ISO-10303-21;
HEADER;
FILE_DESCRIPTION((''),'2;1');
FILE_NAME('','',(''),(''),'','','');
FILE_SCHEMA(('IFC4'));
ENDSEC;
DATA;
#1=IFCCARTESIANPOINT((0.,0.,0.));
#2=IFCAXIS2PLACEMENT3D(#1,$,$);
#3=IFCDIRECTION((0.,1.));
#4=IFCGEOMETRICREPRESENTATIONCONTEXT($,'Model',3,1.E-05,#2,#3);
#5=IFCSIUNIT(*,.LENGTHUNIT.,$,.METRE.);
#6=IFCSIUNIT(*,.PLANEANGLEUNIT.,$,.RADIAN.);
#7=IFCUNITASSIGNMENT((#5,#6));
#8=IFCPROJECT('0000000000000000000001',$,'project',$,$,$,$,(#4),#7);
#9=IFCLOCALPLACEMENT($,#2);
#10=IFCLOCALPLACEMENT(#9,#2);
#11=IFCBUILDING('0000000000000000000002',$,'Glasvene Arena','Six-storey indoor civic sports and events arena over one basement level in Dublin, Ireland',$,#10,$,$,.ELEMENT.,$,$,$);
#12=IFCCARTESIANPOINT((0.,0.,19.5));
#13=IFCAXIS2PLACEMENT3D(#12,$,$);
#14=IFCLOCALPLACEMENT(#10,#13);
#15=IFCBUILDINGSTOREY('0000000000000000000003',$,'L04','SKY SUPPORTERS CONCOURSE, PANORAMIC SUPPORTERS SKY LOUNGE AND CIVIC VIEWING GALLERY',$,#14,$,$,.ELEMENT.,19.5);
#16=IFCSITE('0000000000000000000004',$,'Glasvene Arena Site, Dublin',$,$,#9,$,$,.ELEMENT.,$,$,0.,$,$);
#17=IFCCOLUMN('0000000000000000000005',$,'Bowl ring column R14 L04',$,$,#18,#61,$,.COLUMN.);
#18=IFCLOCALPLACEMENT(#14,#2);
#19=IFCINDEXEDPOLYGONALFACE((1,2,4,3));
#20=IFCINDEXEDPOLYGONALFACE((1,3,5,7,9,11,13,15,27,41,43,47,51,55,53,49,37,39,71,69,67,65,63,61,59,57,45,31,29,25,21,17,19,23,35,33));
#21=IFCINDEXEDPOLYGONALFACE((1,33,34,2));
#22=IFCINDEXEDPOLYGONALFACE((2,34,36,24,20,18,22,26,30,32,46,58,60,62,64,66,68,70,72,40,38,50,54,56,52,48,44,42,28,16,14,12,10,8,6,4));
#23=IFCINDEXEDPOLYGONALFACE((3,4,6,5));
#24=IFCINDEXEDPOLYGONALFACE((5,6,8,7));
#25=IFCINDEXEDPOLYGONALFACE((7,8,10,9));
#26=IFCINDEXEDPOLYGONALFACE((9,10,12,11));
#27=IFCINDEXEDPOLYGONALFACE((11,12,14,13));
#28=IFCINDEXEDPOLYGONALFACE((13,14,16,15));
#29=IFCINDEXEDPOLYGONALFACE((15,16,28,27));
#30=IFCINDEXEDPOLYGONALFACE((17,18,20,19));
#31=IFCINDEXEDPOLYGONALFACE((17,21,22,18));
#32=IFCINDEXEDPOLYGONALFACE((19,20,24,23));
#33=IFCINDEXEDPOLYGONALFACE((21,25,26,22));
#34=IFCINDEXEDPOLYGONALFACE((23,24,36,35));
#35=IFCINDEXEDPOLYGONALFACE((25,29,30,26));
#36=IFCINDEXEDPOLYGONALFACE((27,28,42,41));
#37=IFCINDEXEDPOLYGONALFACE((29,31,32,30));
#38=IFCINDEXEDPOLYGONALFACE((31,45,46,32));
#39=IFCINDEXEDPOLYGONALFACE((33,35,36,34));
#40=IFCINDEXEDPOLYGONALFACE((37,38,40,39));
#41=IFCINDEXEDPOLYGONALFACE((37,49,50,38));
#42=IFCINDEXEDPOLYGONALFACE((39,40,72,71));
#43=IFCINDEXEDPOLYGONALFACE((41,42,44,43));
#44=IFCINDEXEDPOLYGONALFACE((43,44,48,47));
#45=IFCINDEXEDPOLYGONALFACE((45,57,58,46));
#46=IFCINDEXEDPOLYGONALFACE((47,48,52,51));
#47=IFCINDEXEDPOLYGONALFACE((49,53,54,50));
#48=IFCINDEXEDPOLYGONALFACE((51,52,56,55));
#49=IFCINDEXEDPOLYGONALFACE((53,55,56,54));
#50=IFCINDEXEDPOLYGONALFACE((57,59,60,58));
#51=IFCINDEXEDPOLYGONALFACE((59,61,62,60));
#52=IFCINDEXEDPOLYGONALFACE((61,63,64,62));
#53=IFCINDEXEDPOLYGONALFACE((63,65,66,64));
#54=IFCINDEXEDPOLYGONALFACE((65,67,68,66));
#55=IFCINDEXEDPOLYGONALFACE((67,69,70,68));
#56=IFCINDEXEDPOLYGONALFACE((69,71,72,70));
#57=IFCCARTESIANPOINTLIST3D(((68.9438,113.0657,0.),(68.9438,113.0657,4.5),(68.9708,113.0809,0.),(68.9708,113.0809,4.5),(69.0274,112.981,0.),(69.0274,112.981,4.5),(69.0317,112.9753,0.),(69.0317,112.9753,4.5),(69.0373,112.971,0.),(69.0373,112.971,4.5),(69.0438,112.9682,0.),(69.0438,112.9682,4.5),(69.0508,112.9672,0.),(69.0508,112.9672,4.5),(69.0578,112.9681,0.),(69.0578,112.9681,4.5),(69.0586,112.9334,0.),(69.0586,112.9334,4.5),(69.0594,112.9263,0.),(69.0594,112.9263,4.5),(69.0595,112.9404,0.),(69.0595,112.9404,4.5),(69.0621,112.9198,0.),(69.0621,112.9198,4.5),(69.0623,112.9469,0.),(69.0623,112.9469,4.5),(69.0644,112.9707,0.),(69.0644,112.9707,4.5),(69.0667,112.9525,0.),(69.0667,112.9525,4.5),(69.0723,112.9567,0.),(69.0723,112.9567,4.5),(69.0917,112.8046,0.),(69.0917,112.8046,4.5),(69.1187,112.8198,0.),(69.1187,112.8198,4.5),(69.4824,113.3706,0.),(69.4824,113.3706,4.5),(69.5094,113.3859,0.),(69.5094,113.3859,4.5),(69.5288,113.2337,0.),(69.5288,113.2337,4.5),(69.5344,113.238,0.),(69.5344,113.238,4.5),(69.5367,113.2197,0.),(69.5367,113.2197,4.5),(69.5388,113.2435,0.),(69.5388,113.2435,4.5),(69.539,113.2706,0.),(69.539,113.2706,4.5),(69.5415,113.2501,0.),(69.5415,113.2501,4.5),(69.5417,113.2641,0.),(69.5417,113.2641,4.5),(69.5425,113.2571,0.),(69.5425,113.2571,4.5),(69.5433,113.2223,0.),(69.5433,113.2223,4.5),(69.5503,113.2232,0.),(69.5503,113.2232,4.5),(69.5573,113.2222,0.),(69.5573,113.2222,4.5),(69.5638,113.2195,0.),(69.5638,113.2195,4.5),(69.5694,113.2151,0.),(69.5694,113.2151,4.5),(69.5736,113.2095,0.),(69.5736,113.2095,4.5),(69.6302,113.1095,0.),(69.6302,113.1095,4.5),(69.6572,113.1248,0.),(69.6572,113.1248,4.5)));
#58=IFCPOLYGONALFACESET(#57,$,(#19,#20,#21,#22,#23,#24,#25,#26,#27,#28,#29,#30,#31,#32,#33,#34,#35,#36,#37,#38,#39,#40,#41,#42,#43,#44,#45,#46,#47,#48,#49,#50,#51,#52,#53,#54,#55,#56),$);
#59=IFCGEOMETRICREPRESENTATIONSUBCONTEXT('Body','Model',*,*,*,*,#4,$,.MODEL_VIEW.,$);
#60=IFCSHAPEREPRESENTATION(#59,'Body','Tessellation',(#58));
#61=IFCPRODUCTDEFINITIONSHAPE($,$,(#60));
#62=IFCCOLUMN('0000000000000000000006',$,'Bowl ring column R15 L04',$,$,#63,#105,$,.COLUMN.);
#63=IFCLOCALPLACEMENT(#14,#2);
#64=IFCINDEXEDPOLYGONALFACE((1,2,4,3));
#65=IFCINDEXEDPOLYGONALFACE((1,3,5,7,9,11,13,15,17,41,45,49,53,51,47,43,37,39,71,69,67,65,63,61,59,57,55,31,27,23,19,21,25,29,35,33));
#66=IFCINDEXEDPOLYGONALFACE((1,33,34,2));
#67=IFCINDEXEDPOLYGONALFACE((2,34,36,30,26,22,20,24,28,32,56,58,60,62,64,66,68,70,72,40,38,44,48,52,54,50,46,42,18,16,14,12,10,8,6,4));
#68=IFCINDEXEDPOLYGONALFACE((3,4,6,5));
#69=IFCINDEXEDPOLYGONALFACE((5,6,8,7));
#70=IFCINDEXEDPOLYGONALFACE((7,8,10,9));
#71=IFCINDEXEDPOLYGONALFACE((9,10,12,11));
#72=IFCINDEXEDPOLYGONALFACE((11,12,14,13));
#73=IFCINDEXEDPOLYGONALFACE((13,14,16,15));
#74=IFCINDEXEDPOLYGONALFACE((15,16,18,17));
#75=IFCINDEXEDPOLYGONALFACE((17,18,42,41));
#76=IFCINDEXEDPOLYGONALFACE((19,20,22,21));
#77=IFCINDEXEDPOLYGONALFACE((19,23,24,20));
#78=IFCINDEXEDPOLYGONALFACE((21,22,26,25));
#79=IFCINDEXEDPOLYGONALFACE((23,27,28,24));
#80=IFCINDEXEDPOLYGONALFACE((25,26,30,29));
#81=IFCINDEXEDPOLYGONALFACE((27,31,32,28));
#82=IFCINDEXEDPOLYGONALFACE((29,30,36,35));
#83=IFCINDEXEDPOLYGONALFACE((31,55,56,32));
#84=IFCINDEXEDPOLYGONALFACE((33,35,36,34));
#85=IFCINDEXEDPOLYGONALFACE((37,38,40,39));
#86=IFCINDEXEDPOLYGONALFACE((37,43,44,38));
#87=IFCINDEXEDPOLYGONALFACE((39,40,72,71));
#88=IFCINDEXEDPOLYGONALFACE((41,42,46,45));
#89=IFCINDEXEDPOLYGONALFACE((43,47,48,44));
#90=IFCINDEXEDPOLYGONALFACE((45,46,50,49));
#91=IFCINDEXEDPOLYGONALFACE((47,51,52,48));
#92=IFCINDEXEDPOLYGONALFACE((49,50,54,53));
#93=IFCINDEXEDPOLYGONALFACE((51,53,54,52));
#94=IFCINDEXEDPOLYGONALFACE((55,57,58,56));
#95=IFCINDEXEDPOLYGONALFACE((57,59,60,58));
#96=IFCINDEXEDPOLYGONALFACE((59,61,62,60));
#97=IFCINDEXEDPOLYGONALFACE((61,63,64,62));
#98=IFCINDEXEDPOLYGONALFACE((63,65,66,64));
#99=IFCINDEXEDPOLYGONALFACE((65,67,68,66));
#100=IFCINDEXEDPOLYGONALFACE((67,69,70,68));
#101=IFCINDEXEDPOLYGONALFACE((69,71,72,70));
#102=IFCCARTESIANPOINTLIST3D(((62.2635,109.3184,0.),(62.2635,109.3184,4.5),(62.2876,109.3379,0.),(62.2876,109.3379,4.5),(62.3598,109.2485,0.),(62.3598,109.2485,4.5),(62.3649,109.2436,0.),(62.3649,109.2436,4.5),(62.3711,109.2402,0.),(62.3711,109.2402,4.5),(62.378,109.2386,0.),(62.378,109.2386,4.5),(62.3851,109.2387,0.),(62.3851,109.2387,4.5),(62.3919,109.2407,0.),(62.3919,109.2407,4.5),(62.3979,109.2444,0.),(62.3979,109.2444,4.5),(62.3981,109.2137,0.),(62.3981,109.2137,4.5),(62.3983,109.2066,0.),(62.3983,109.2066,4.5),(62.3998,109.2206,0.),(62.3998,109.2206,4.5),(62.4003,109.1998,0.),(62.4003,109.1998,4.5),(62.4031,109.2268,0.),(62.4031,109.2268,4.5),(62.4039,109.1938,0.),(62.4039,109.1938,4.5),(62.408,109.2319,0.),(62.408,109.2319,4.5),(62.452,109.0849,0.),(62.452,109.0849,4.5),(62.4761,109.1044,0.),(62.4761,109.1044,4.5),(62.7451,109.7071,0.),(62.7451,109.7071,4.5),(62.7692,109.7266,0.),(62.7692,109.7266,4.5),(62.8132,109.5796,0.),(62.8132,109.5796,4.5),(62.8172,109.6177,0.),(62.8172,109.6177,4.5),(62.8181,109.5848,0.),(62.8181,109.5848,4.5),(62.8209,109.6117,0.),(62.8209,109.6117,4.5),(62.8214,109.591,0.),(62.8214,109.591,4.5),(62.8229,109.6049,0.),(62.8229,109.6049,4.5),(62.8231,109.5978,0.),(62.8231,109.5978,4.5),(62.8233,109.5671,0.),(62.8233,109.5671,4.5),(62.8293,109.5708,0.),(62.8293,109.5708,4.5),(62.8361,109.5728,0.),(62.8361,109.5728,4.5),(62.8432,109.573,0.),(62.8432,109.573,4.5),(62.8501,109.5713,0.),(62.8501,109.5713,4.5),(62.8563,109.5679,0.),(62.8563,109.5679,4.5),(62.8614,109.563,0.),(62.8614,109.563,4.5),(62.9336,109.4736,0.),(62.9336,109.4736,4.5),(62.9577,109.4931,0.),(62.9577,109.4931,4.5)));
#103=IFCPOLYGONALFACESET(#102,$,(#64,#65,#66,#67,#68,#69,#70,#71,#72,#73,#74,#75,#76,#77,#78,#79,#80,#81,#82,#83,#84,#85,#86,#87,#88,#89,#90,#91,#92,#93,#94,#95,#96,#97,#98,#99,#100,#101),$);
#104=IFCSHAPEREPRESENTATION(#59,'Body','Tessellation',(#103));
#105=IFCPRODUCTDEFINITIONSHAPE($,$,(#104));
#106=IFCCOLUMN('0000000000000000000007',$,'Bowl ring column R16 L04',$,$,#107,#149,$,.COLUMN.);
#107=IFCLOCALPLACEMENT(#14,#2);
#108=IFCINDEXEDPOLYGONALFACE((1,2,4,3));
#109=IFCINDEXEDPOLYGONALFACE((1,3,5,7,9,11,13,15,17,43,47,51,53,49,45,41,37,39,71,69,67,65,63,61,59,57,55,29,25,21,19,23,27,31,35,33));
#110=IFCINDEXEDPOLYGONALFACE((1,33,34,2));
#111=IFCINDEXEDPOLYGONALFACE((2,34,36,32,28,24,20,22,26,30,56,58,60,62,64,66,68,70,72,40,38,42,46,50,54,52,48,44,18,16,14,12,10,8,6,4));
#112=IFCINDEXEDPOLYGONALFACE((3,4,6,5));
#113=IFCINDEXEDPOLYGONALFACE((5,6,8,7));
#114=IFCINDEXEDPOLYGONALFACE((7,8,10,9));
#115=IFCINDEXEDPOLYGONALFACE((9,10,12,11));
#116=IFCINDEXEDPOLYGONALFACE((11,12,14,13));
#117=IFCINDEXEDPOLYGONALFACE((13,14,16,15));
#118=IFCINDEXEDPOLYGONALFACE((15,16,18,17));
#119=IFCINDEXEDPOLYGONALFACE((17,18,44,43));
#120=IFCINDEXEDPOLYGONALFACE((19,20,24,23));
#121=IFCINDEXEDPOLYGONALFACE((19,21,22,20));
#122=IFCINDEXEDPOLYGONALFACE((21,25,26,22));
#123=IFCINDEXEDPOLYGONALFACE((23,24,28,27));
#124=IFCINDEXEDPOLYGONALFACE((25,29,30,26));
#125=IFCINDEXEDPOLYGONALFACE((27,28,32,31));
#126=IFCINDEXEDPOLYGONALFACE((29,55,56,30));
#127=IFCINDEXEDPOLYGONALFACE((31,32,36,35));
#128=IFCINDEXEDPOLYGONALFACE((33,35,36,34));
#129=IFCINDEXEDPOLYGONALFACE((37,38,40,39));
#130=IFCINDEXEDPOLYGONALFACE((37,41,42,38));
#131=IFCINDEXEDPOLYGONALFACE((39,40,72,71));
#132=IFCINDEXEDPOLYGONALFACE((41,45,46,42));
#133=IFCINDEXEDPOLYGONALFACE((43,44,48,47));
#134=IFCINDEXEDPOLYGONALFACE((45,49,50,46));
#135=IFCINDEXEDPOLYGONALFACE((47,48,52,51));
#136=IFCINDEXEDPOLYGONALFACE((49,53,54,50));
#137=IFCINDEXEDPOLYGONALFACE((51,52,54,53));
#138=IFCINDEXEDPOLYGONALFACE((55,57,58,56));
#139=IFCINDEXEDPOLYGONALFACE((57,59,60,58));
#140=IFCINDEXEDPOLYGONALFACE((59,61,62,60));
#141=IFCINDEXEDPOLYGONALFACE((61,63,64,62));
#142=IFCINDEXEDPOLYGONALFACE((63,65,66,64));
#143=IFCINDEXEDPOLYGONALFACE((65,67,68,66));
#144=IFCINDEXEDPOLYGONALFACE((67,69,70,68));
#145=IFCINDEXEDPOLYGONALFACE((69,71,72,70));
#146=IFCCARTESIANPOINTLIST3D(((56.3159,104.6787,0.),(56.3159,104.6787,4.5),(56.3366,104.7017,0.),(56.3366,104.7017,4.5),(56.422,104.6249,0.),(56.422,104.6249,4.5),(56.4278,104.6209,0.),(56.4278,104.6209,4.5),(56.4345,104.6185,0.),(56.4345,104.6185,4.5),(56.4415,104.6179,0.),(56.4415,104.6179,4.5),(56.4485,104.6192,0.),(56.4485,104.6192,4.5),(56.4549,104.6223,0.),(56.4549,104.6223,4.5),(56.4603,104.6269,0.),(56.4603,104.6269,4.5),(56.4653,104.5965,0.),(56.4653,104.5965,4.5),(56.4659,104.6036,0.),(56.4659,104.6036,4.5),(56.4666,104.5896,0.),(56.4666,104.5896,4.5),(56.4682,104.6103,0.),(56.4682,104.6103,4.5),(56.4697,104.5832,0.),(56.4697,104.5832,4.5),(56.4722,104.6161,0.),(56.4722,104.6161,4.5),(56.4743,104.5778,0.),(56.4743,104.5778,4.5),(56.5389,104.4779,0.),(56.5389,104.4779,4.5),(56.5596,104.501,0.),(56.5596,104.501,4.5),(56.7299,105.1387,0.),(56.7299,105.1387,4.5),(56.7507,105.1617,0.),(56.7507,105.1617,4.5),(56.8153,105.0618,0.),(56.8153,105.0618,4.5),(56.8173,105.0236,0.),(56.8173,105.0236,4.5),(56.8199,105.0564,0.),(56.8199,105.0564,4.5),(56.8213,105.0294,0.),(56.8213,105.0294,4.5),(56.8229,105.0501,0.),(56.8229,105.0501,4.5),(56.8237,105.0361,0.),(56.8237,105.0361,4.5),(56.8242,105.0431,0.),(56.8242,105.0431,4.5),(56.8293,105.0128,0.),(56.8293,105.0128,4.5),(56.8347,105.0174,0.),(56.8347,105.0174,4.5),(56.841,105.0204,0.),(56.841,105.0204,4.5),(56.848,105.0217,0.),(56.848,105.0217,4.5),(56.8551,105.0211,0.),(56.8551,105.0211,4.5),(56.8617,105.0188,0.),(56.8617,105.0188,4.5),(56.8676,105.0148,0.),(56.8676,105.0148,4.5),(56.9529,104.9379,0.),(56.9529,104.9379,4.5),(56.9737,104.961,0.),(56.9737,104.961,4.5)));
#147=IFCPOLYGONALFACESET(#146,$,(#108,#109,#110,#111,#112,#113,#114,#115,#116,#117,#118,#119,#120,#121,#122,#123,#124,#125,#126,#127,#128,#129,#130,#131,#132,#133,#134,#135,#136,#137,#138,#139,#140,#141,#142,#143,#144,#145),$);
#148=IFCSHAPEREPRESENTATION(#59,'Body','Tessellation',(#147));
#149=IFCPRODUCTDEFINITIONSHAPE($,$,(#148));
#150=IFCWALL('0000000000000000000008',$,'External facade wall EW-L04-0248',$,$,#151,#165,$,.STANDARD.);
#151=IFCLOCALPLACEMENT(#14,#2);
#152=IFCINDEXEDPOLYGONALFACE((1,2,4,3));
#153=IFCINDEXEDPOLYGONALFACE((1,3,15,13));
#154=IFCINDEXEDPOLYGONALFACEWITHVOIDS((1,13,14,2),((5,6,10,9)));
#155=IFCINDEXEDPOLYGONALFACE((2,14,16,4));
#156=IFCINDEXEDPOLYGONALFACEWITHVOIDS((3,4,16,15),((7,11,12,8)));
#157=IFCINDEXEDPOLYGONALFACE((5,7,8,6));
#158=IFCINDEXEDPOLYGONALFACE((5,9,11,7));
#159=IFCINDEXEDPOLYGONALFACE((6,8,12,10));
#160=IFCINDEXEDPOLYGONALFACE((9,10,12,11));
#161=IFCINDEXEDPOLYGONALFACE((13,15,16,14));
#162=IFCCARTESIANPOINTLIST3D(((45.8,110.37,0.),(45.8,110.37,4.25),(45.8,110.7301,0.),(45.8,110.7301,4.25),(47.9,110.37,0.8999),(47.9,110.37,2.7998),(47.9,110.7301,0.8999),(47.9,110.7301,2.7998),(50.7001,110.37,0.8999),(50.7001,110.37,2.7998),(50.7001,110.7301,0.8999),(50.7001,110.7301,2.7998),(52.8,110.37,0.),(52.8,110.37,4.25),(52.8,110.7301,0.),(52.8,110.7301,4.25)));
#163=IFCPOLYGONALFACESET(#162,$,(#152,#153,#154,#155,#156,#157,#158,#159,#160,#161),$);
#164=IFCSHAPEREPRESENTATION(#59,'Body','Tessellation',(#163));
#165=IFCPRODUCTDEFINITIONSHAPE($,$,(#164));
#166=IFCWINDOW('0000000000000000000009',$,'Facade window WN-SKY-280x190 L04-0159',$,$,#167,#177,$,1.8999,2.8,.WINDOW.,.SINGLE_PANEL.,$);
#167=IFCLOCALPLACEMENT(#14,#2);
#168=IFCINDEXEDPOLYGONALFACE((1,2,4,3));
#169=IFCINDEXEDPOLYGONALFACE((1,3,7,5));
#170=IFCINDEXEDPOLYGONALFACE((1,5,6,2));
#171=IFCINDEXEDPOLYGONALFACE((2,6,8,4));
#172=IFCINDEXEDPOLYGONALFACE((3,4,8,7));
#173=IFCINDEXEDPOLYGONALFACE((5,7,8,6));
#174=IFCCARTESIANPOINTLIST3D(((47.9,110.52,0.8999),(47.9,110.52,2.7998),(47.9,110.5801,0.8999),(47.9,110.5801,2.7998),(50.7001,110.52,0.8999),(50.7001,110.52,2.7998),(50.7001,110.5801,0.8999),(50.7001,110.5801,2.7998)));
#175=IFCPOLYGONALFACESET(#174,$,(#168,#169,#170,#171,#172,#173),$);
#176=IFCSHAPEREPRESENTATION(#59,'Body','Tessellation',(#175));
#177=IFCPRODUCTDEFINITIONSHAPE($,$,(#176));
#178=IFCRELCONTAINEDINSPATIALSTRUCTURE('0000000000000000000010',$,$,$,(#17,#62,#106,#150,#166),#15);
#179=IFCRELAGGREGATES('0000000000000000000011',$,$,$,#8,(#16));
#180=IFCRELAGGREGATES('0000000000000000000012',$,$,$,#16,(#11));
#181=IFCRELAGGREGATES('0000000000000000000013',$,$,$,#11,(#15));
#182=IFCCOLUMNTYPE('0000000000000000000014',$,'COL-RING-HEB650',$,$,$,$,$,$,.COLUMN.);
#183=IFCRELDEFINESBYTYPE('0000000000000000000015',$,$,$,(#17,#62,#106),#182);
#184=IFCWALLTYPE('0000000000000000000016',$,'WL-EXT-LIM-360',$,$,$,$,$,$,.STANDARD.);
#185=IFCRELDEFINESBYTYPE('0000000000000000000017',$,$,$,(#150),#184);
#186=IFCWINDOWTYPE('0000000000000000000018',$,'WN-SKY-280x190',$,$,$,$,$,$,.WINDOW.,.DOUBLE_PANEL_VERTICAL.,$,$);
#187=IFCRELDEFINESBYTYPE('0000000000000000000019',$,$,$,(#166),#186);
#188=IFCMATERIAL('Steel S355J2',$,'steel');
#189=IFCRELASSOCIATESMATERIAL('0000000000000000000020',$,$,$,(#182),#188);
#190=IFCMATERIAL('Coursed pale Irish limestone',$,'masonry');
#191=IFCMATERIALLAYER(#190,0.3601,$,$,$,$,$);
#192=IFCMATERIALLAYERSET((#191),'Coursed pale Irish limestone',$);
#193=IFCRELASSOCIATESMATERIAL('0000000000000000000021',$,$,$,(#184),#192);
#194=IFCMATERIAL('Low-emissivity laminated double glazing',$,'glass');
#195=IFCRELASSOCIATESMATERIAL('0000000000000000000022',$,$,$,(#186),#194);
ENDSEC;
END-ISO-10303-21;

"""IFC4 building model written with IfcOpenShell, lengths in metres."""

from ifc_helpers import new_model, si_unit, direction, frame, frame_2d, origin, origin_2d, place, context, subcontext, project, spatial, rectangle, i_section, extrude, material, layer, layer_set, material_profile, profile_set, type_object, element, fill, save


model = new_model("IFC4")

# Units and contexts
model_context = context("Model", 3, precision=1e-05, world=origin(), true_north=direction((0.0, 1.0)))
body_context = subcontext(model_context, "Body", "Model", "MODEL_VIEW")
ifc_project = project(units=[si_unit("LENGTHUNIT", "METRE"), si_unit("PLANEANGLEUNIT", "RADIAN")], contexts=[model_context])

# Site, building, storey
site_placement = place(None, origin())
site = spatial("IfcSite", under=ifc_project, at=site_placement, Name="Glasvene Arena Site, Dublin", CompositionType="ELEMENT", RefElevation=0.0)
building_placement = place(site_placement, origin())
building = spatial("IfcBuilding", under=site, at=building_placement, Name="Glasvene Arena", Description="Six-storey indoor civic sports and events arena over one basement level in Dublin, Ireland", CompositionType="ELEMENT")
storey_placement = place(building_placement, frame((0.0, 0.0, 19.5)))
storey = spatial("IfcBuildingStorey", under=building, at=storey_placement, Name="L04", Description="SKY SUPPORTERS CONCOURSE, PANORAMIC SUPPORTERS SKY LOUNGE AND CIVIC VIEWING GALLERY", CompositionType="ELEMENT", Elevation=19.5)

# Columns
ifc_material_1 = material(Name="Steel S355J2", Category="steel")
ifc_material_profile = material_profile(ifc_material_1, i_section(OverallWidth=0.3, OverallDepth=0.6499, WebThickness=0.0161, FlangeThickness=0.031, FilletRadius=0.0271, at=origin_2d()), Name="HEB 650")
ifc_profile_set = profile_set([ifc_material_profile], Name="Steel S355J2")
column_type = type_object("IfcColumnType", Name="COL-RING-HEB650", PredefinedType="COLUMN", material=ifc_profile_set)
for number, where, z_axis, x_axis, name in (
    (1, (69.3005, 113.0952, 0.0), (0.0, 0.0, 1.0), (-0.492727, 0.870184, 0.0), "Bowl ring column R14 L04"),
    (2, (62.6106, 109.4058, 0.0), (0.0, 0.0, 1.0), (-0.628099, 0.778134, 0.0), "Bowl ring column R15 L04"),
    (3, (56.6448, 104.8198, 0.0), (0.0, 0.0, 1.0), (-0.743262, 0.669001, 0.0), "Bowl ring column R16 L04"),
):
    element("IfcColumn", number, at=place(storey_placement, frame(where, z_axis=z_axis, x_axis=x_axis)), inside=storey, type_object=column_type, Name=name, PredefinedType="COLUMN", context=body_context, shape_type="SweptSolid", body=[
        extrude(i_section(OverallWidth=0.3, OverallDepth=0.6499, WebThickness=0.0161, FlangeThickness=0.031, FilletRadius=0.0271, at=origin_2d()), origin(), (0.0, 0.0, 1.0), 4.5),
    ])

# Wall, opening, window
ifc_material_2 = material(Name="Coursed pale Irish limestone", Category="masonry")
ifc_layer_1 = layer(ifc_material_2, 0.3601)
ifc_layer_set_1 = layer_set([ifc_layer_1], Name="Coursed pale Irish limestone")
wall_type_1 = type_object("IfcWallType", Name="WL-EXT-LIM-360", PredefinedType="STANDARD", material=ifc_layer_set_1)
wall_1_placement = place(storey_placement, frame((45.8, 110.55, 0.0), z_axis=(0.0, 0.0, 1.0), x_axis=(1.0, 0.0, 0.0)))
wall_1 = element("IfcWall", 4, at=wall_1_placement, inside=storey, type_object=wall_type_1, Name="External facade wall EW-L04-0248", PredefinedType="STANDARD", context=body_context, shape_type="SweptSolid", body=[
    extrude(rectangle(XDim=7.0, YDim=0.3601, at=frame_2d((3.5, 0.0))), origin(), (0.0, 0.0, 1.0), 4.25),
])
opening_1_placement = place(wall_1_placement, frame((2.1001, 0.0, 0.8999)))
opening_1 = element("IfcOpeningElement", 5, at=opening_1_placement, cuts=wall_1, PredefinedType="OPENING", context=body_context, shape_type="SweptSolid", body=[
    extrude(rectangle(XDim=2.8, YDim=1.8999, at=frame_2d((1.3999, 0.95))), frame((0.0, 0.1899, 0.0), z_axis=(0.0, -1.0, 0.0), x_axis=(1.0, 0.0, 0.0)), (0.0, 0.0, 1.0), 0.3801),
])
ifc_material_3 = material(Name="Low-emissivity laminated double glazing", Category="glass")
window_type = type_object("IfcWindowType", Name="WN-SKY-280x190", PartitioningType="DOUBLE_PANEL_VERTICAL", PredefinedType="WINDOW", material=ifc_material_3)
window_1_placement = place(opening_1_placement, origin())
window_1 = element("IfcWindow", 6, at=window_1_placement, inside=storey, type_object=window_type, Name="Facade window WN-SKY-280x190 L04-0159", OverallHeight=1.8999, OverallWidth=2.8, PartitioningType="SINGLE_PANEL", PredefinedType="WINDOW", context=body_context, shape_type="SweptSolid", body=[
    extrude(rectangle(XDim=2.8, YDim=1.8999, at=frame_2d((1.3999, 0.95))), frame((0.0, 0.03, 0.0), z_axis=(0.0, -1.0, 0.0), x_axis=(1.0, 0.0, 0.0)), (0.0, 0.0, 1.0), 0.0601),
])
fill(opening_1, window_1)

save(model, "model.ifc")
